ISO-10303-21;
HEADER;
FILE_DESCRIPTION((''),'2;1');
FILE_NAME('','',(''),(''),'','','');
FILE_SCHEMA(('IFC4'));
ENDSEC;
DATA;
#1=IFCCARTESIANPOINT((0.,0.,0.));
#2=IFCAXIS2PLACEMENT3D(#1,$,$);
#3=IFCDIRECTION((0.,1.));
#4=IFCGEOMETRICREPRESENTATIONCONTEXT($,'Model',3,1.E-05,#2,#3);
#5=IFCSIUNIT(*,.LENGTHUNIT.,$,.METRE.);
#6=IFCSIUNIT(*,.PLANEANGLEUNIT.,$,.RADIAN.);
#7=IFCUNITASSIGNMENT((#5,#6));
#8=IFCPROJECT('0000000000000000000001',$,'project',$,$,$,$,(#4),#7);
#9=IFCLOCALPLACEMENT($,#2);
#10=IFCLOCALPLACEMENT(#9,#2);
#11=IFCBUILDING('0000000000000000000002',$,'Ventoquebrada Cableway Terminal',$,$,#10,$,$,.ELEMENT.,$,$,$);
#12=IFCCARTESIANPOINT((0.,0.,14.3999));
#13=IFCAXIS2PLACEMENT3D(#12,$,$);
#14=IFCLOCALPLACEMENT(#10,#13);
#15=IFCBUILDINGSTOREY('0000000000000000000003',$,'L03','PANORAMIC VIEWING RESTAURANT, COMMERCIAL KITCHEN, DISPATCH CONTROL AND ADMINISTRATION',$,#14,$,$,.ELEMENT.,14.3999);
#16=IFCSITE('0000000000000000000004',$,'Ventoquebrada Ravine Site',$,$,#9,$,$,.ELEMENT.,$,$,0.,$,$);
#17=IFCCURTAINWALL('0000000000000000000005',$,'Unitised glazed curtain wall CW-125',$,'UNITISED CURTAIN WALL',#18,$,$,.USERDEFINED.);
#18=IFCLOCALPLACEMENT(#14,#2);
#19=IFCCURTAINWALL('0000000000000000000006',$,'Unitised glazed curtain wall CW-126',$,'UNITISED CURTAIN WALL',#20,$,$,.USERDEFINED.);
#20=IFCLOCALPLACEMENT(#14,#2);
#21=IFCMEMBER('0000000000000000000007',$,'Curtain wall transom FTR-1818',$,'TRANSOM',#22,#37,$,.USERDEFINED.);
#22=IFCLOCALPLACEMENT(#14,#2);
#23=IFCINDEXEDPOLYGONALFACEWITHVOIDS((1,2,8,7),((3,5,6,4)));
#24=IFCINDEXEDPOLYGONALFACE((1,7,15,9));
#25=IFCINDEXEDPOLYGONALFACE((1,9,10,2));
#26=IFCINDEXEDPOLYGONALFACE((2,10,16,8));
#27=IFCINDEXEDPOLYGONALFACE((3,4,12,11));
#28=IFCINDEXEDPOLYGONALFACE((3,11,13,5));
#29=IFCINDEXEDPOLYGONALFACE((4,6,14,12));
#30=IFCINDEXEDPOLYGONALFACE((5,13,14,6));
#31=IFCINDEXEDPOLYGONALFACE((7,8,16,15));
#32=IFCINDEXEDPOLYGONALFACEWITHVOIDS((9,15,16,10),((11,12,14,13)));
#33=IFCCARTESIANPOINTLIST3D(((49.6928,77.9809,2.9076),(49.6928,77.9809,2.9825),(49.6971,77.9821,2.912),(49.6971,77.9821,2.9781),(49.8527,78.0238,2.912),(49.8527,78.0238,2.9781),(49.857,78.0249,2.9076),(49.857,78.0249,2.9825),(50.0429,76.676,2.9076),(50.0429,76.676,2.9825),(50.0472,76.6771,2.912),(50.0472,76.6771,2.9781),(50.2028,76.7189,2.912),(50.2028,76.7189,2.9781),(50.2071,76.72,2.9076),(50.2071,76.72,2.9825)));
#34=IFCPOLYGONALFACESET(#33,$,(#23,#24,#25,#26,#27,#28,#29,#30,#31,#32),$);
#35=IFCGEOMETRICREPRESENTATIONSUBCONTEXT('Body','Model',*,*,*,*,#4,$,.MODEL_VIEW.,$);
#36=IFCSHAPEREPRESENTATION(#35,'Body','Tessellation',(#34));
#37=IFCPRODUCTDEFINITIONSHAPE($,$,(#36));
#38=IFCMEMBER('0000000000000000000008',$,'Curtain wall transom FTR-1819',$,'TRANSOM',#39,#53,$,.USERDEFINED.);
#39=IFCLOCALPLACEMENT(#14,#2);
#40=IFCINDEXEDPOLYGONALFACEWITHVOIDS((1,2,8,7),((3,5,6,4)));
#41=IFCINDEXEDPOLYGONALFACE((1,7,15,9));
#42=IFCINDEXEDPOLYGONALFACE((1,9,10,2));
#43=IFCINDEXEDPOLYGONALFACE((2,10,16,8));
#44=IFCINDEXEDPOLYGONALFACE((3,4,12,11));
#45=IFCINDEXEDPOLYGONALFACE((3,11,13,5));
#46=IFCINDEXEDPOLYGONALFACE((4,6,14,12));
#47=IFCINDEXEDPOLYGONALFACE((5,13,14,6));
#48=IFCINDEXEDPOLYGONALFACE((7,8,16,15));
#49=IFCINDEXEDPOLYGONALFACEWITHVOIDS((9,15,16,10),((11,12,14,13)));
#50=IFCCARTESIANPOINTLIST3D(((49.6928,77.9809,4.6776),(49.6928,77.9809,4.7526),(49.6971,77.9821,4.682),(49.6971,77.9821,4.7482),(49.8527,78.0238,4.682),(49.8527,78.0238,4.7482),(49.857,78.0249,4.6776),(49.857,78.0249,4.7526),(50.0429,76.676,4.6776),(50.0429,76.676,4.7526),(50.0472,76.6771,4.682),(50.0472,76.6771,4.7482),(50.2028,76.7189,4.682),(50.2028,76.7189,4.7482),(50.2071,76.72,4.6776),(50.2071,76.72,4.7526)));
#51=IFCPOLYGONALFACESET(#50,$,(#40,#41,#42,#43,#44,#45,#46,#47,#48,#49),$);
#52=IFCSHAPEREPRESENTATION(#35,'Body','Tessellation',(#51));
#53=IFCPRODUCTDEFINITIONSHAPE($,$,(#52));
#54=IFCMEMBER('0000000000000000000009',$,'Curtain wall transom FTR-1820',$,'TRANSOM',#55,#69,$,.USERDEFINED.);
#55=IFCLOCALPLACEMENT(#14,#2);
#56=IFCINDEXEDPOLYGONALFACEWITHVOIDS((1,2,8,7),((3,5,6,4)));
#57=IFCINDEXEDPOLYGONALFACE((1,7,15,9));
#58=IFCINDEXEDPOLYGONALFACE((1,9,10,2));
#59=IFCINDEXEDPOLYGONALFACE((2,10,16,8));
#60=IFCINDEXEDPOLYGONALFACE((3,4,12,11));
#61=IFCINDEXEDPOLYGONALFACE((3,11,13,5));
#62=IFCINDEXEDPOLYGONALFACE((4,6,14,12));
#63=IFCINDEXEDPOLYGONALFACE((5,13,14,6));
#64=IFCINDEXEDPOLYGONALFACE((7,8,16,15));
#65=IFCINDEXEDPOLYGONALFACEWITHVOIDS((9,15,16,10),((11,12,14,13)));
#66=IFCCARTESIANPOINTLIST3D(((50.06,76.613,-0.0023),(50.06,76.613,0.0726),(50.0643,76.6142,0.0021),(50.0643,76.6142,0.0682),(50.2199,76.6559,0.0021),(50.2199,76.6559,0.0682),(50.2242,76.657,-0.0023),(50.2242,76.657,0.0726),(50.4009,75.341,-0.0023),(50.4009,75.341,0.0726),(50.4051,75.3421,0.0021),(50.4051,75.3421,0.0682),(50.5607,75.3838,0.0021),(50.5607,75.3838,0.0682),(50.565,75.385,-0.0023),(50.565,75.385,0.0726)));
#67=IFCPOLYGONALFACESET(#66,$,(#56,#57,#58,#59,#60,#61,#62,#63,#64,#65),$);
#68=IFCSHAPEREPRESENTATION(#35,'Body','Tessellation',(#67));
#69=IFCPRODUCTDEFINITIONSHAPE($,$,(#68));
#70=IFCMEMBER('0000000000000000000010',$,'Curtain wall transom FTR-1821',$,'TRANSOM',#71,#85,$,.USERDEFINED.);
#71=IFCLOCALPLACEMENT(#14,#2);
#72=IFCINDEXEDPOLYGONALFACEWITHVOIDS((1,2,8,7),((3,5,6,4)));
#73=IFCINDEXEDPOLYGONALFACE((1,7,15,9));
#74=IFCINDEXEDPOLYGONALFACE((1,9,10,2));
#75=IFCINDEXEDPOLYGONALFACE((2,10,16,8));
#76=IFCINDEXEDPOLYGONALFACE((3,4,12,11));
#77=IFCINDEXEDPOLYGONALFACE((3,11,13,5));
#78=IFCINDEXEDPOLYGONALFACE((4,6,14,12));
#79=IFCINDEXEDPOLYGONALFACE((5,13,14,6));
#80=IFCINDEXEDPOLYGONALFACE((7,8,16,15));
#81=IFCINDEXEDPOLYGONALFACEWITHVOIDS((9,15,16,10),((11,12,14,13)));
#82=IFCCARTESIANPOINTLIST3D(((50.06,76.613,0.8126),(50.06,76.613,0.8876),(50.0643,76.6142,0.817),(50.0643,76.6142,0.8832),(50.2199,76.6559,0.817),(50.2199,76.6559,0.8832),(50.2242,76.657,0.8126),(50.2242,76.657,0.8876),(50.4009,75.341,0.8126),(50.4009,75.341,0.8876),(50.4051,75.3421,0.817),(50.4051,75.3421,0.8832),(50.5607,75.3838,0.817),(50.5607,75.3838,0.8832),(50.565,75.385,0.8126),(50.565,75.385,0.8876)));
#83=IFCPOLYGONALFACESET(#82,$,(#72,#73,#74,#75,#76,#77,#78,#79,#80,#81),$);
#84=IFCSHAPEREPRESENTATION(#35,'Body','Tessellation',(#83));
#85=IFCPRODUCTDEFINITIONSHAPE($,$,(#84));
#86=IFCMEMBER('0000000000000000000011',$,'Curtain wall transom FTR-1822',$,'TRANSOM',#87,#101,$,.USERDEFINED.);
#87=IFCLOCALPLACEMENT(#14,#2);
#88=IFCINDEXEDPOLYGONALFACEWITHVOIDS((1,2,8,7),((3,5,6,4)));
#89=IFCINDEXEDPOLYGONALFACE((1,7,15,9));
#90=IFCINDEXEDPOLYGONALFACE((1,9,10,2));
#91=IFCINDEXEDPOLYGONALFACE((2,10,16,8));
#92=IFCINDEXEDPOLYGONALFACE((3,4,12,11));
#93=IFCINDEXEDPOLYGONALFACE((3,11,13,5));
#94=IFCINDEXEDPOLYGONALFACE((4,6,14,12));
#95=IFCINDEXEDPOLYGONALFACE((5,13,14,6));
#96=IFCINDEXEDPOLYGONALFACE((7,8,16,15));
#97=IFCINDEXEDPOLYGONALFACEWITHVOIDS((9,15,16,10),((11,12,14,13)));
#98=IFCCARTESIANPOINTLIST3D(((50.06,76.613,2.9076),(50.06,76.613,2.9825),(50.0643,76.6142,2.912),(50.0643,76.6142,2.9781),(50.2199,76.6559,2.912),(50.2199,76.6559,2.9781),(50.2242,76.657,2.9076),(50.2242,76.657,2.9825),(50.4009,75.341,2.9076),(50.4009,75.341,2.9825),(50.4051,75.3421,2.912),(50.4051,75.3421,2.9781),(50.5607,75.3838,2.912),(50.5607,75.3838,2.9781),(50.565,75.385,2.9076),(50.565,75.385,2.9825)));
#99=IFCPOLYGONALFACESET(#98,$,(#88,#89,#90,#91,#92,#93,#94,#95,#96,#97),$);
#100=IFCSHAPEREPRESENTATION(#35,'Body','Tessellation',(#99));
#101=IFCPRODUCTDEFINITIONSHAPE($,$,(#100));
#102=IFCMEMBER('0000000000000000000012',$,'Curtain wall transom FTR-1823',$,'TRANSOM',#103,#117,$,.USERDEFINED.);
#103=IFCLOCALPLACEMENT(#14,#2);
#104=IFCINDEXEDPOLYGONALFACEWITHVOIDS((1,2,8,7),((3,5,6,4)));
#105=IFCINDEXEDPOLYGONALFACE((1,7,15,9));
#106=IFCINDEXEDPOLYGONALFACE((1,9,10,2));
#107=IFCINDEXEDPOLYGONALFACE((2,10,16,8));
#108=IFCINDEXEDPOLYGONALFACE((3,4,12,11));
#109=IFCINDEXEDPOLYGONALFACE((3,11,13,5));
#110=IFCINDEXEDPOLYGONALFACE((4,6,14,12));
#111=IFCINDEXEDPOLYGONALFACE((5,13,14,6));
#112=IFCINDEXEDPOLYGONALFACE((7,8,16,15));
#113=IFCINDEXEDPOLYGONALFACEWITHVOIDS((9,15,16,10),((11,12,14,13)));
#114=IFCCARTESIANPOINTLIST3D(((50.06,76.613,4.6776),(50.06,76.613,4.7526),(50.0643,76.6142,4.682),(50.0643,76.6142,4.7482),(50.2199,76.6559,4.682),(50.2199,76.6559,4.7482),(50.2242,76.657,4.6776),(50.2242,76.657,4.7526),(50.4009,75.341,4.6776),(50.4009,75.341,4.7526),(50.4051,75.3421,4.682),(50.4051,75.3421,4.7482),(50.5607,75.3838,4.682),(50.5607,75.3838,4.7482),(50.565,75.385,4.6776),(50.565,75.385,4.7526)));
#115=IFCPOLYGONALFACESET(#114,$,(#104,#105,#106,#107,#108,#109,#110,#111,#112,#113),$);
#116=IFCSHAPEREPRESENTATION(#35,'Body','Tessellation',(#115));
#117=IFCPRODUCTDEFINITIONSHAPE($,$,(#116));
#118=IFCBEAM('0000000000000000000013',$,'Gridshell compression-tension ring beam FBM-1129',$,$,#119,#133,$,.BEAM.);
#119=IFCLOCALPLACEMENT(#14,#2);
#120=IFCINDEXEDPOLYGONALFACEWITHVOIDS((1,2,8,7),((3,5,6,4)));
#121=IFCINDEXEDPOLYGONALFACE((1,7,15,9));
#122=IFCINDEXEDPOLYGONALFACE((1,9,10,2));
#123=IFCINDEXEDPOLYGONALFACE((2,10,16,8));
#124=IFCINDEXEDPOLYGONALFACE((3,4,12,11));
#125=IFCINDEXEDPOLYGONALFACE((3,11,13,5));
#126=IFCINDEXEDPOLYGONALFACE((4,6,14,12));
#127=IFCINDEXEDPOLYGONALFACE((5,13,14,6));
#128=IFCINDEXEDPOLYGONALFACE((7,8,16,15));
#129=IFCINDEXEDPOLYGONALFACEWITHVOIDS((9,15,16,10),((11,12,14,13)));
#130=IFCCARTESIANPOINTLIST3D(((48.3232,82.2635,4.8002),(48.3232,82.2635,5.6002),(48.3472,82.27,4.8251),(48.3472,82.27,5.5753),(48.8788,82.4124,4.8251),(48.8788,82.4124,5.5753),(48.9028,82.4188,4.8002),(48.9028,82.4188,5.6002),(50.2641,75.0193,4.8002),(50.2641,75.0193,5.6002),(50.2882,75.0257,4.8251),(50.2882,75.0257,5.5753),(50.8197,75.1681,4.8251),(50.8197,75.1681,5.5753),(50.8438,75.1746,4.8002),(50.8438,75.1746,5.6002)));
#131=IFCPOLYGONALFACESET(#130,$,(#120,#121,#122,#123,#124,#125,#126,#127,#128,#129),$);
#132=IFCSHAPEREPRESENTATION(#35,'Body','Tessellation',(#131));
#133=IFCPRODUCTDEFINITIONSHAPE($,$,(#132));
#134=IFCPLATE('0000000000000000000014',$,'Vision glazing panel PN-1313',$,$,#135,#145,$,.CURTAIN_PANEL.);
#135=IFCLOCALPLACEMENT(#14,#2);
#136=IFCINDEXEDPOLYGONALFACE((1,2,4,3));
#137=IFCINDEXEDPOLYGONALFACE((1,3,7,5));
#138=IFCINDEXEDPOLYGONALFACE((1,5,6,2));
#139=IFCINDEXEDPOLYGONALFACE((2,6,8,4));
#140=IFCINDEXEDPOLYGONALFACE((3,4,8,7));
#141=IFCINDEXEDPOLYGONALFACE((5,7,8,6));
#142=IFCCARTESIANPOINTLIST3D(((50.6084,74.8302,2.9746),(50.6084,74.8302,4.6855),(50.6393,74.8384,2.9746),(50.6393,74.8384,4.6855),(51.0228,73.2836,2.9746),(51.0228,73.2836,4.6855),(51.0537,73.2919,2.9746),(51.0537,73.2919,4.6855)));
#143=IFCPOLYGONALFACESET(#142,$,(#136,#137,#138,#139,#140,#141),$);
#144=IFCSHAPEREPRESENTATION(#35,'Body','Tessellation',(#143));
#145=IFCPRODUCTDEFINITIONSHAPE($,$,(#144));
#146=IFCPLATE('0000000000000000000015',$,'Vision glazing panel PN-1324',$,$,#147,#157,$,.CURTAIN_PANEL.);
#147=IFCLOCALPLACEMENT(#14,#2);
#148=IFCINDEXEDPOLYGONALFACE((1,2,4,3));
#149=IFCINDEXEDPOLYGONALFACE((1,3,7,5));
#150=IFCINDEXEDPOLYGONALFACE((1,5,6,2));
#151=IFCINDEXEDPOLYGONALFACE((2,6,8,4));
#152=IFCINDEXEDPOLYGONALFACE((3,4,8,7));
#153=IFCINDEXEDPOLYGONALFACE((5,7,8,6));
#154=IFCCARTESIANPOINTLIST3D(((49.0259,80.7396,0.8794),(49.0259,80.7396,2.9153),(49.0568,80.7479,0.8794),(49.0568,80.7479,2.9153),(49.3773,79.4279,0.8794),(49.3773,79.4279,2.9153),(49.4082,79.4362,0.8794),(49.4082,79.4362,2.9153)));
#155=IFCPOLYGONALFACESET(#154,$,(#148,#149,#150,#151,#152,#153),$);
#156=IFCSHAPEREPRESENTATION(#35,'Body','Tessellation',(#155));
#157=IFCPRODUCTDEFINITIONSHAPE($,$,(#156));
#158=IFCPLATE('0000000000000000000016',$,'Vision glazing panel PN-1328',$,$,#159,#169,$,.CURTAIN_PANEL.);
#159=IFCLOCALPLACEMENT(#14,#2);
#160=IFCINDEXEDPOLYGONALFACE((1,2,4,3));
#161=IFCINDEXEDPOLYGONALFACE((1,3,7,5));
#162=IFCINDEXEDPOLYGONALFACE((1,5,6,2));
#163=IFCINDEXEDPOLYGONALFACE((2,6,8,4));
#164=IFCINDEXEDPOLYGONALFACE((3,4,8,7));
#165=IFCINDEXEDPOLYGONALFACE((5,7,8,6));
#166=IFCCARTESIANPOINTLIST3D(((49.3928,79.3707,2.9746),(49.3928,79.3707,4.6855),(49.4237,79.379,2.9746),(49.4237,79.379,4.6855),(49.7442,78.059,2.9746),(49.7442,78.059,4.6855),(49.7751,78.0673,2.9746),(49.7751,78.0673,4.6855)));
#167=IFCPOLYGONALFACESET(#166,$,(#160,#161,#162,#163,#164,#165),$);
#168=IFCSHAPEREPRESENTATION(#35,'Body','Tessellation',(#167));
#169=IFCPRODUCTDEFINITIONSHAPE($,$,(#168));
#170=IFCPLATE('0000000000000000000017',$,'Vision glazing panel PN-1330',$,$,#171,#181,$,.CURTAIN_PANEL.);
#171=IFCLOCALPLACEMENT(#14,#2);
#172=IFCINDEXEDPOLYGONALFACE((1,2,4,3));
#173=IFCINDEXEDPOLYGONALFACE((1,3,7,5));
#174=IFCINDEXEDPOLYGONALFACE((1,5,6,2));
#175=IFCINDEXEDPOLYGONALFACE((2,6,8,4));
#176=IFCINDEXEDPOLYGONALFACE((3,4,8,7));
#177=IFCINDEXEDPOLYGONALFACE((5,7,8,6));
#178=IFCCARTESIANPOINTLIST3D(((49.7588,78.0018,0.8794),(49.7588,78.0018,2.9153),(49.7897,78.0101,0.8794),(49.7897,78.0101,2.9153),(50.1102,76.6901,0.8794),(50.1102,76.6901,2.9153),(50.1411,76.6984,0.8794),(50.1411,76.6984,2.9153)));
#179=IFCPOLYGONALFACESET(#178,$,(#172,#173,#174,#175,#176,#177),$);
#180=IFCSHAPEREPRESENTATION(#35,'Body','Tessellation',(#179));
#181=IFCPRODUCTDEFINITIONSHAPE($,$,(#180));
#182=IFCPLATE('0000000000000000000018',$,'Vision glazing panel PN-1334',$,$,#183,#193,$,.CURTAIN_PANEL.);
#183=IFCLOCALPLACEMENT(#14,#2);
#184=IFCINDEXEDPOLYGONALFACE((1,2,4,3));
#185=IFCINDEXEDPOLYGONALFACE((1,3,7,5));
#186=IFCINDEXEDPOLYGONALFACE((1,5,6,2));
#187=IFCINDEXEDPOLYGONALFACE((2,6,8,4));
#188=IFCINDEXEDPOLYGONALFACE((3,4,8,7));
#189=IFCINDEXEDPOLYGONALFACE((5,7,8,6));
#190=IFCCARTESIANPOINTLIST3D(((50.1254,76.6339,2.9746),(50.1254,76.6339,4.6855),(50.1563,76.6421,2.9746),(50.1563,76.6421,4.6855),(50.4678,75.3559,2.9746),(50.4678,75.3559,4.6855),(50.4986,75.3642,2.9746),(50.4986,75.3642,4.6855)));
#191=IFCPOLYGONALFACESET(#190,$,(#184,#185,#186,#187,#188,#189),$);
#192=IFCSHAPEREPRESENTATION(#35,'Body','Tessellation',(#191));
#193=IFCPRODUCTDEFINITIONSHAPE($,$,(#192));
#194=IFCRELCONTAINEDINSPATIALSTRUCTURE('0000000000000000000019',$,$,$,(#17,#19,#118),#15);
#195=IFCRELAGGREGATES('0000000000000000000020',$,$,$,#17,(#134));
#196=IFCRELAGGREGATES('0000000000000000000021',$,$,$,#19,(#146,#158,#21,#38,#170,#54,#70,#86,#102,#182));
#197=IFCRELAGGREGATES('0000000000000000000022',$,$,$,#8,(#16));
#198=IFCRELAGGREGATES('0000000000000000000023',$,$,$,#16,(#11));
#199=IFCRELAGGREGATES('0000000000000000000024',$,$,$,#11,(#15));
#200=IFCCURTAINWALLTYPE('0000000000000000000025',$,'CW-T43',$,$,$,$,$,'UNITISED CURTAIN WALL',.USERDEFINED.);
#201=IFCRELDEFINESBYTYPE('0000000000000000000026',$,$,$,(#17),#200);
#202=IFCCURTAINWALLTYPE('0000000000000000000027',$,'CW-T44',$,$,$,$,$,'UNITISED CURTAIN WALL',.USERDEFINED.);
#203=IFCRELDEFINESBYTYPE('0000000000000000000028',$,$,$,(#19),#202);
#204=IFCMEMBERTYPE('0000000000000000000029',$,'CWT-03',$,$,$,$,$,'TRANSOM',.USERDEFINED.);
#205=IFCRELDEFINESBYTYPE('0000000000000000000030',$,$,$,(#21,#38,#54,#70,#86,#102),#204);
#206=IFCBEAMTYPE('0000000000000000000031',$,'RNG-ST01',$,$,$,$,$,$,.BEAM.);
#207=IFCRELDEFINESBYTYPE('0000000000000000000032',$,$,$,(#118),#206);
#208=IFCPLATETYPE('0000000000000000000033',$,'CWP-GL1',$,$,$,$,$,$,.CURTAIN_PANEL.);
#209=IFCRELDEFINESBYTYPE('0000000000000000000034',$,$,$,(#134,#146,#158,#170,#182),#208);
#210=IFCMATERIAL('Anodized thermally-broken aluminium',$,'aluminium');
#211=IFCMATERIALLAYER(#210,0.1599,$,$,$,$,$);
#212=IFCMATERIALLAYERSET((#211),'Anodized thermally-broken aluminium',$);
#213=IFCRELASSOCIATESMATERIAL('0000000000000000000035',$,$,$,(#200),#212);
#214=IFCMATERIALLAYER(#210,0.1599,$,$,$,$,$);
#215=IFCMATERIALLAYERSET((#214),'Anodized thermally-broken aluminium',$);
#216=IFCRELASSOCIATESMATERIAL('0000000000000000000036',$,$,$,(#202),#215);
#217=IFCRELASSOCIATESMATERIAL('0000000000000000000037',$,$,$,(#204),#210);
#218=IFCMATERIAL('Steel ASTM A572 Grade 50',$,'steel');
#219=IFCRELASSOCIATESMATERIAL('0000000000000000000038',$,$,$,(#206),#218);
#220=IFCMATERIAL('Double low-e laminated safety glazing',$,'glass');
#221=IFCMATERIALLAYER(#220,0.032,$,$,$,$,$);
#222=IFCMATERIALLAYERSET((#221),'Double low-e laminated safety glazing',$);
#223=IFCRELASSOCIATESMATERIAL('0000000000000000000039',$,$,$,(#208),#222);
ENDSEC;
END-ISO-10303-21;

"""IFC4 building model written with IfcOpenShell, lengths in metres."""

from ifc_helpers import new_model, si_unit, direction, frame, origin, origin_2d, place, context, subcontext, project, spatial, rectangle, hollow_rectangle, extrude, material, layer, layer_set, material_profile, profile_set, type_object, element, aggregate, save


model = new_model("IFC4")

# Units and contexts
model_context = context("Model", 3, precision=1e-05, world=origin(), true_north=direction((0.0, 1.0)))
body_context = subcontext(model_context, "Body", "Model", "MODEL_VIEW")
ifc_project = project(units=[si_unit("LENGTHUNIT", "METRE"), si_unit("PLANEANGLEUNIT", "RADIAN")], contexts=[model_context])

# Site, building, storey
site_placement = place(None, origin())
site = spatial("IfcSite", under=ifc_project, at=site_placement, Name="Ventoquebrada Ravine Site", CompositionType="ELEMENT", RefElevation=0.0)
building_placement = place(site_placement, origin())
building = spatial("IfcBuilding", under=site, at=building_placement, Name="Ventoquebrada Cableway Terminal", CompositionType="ELEMENT")
storey_placement = place(building_placement, frame((0.0, 0.0, 14.3999)))
storey = spatial("IfcBuildingStorey", under=building, at=storey_placement, Name="L03", Description="PANORAMIC VIEWING RESTAURANT, COMMERCIAL KITCHEN, DISPATCH CONTROL AND ADMINISTRATION", CompositionType="ELEMENT", Elevation=14.3999)

# Curtain wall
ifc_material_1 = material(Name="Anodized thermally-broken aluminium", Category="aluminium")
ifc_layer_1 = layer(ifc_material_1, 0.1599)
ifc_layer_set_1 = layer_set([ifc_layer_1], Name="Anodized thermally-broken aluminium")
curtain_wall_type_1 = type_object("IfcCurtainWallType", Name="CW-T43", ElementType="UNITISED CURTAIN WALL", PredefinedType="USERDEFINED", material=ifc_layer_set_1)
curtain_wall_1_placement = place(storey_placement, origin())
curtain_wall_1 = element("IfcCurtainWall", 1, at=curtain_wall_1_placement, inside=storey, type_object=curtain_wall_type_1, Name="Unitised glazed curtain wall CW-125", ObjectType="UNITISED CURTAIN WALL", PredefinedType="USERDEFINED")

# Curtain wall
ifc_layer_2 = layer(ifc_material_1, 0.1599)
ifc_layer_set_2 = layer_set([ifc_layer_2], Name="Anodized thermally-broken aluminium")
curtain_wall_type_2 = type_object("IfcCurtainWallType", Name="CW-T44", ElementType="UNITISED CURTAIN WALL", PredefinedType="USERDEFINED", material=ifc_layer_set_2)
curtain_wall_2_placement = place(storey_placement, origin())
curtain_wall_2 = element("IfcCurtainWall", 2, at=curtain_wall_2_placement, inside=storey, type_object=curtain_wall_type_2, Name="Unitised glazed curtain wall CW-126", ObjectType="UNITISED CURTAIN WALL", PredefinedType="USERDEFINED")

# Members
ifc_material_profile_1 = material_profile(ifc_material_1, hollow_rectangle(XDim=0.075, YDim=0.1699, WallThickness=0.0044, at=origin_2d()), Name="CW-TRN-75X170")
ifc_profile_set_1 = profile_set([ifc_material_profile_1], Name="Anodized thermally-broken aluminium")
member_type_1 = type_object("IfcMemberType", Name="CWT-03", ElementType="TRANSOM", PredefinedType="USERDEFINED", material=ifc_profile_set_1)
member_1_placement = place(storey_placement, frame((49.7749, 78.0029, 2.9451), z_axis=(0.259124, -0.965844, 0.0), x_axis=(0.0, 0.0, 1.0)))
member_1 = element("IfcMember", 3, at=member_1_placement, type_object=member_type_1, Name="Curtain wall transom FTR-1818", ObjectType="TRANSOM", PredefinedType="USERDEFINED", context=body_context, shape_type="SweptSolid", body=[
    extrude(hollow_rectangle(XDim=0.075, YDim=0.1699, WallThickness=0.0044, at=origin_2d()), origin(), (0.0, 0.0, 1.0), 1.3511),
])
member_2_placement = place(storey_placement, frame((49.7749, 78.0029, 4.7151), z_axis=(0.259124, -0.965844, 0.0), x_axis=(0.0, 0.0, 1.0)))
member_2 = element("IfcMember", 4, at=member_2_placement, type_object=member_type_1, Name="Curtain wall transom FTR-1819", ObjectType="TRANSOM", PredefinedType="USERDEFINED", context=body_context, shape_type="SweptSolid", body=[
    extrude(hollow_rectangle(XDim=0.075, YDim=0.1699, WallThickness=0.0044, at=origin_2d()), origin(), (0.0, 0.0, 1.0), 1.3511),
])
member_3_placement = place(storey_placement, frame((50.1421, 76.635, 0.0352), z_axis=(0.258816, -0.965927, 0.0), x_axis=(0.0, 0.0, 1.0)))
member_3 = element("IfcMember", 5, at=member_3_placement, type_object=member_type_1, Name="Curtain wall transom FTR-1820", ObjectType="TRANSOM", PredefinedType="USERDEFINED", context=body_context, shape_type="SweptSolid", body=[
    extrude(hollow_rectangle(XDim=0.075, YDim=0.1699, WallThickness=0.0044, at=origin_2d()), origin(), (0.0, 0.0, 1.0), 1.3169),
])
member_4_placement = place(storey_placement, frame((50.1421, 76.635, 0.8501), z_axis=(0.258816, -0.965927, 0.0), x_axis=(0.0, 0.0, 1.0)))
member_4 = element("IfcMember", 6, at=member_4_placement, type_object=member_type_1, Name="Curtain wall transom FTR-1821", ObjectType="TRANSOM", PredefinedType="USERDEFINED", context=body_context, shape_type="SweptSolid", body=[
    extrude(hollow_rectangle(XDim=0.075, YDim=0.1699, WallThickness=0.0044, at=origin_2d()), origin(), (0.0, 0.0, 1.0), 1.3169),
])
member_5_placement = place(storey_placement, frame((50.1421, 76.635, 2.9451), z_axis=(0.258816, -0.965927, 0.0), x_axis=(0.0, 0.0, 1.0)))
member_5 = element("IfcMember", 7, at=member_5_placement, type_object=member_type_1, Name="Curtain wall transom FTR-1822", ObjectType="TRANSOM", PredefinedType="USERDEFINED", context=body_context, shape_type="SweptSolid", body=[
    extrude(hollow_rectangle(XDim=0.075, YDim=0.1699, WallThickness=0.0044, at=origin_2d()), origin(), (0.0, 0.0, 1.0), 1.3169),
])
member_6_placement = place(storey_placement, frame((50.1421, 76.635, 4.7151), z_axis=(0.258816, -0.965927, 0.0), x_axis=(0.0, 0.0, 1.0)))
member_6 = element("IfcMember", 8, at=member_6_placement, type_object=member_type_1, Name="Curtain wall transom FTR-1823", ObjectType="TRANSOM", PredefinedType="USERDEFINED", context=body_context, shape_type="SweptSolid", body=[
    extrude(hollow_rectangle(XDim=0.075, YDim=0.1699, WallThickness=0.0044, at=origin_2d()), origin(), (0.0, 0.0, 1.0), 1.3169),
])

# Beam
ifc_material_2 = material(Name="Steel ASTM A572 Grade 50", Category="steel")
ifc_material_profile_2 = material_profile(ifc_material_2, hollow_rectangle(XDim=0.6001, YDim=0.8, WallThickness=0.0249, at=origin_2d()), Name="BOX600X800X25")
ifc_profile_set_2 = profile_set([ifc_material_profile_2], Name="Steel ASTM A572 Grade 50")
beam_type = type_object("IfcBeamType", Name="RNG-ST01", PredefinedType="BEAM", material=ifc_profile_set_2)
beam_placement = place(storey_placement, frame((50.554, 75.0969, 5.2002), z_axis=(-0.258801, 0.965931, 0.0), x_axis=(-0.965931, -0.258801, 0.0)))
element("IfcBeam", 9, at=beam_placement, inside=storey, type_object=beam_type, Name="Gridshell compression-tension ring beam FBM-1129", PredefinedType="BEAM", context=body_context, shape_type="SweptSolid", body=[
    extrude(hollow_rectangle(XDim=0.6001, YDim=0.8, WallThickness=0.0249, at=origin_2d()), origin(), (0.0, 0.0, 1.0), 7.4998),
])

# Plates
ifc_material_3 = material(Name="Double low-e laminated safety glazing", Category="glass")
ifc_layer_3 = layer(ifc_material_3, 0.032)
ifc_layer_set_3 = layer_set([ifc_layer_3], Name="Double low-e laminated safety glazing")
plate_type_1 = type_object("IfcPlateType", Name="CWP-GL1", PredefinedType="CURTAIN_PANEL", material=ifc_layer_set_3)
plate_1_placement = place(storey_placement, frame((50.8311, 74.061, 2.9746), z_axis=(0.0, 0.0, 1.0), x_axis=(0.258836, -0.965921, 0.0)))
plate_1 = element("IfcPlate", 10, at=plate_1_placement, type_object=plate_type_1, Name="Vision glazing panel PN-1313", PredefinedType="CURTAIN_PANEL", context=body_context, shape_type="SweptSolid", body=[
    extrude(rectangle(XDim=1.6011, YDim=0.032, at=origin_2d()), origin(), (0.0, 0.0, 1.0), 1.7109),
])
plate_2_placement = place(storey_placement, frame((49.217, 80.0879, 0.8794), z_axis=(0.0, 0.0, 1.0), x_axis=(0.258785, -0.965935, 0.0)))
plate_2 = element("IfcPlate", 11, at=plate_2_placement, type_object=plate_type_1, Name="Vision glazing panel PN-1324", PredefinedType="CURTAIN_PANEL", context=body_context, shape_type="SweptSolid", body=[
    extrude(rectangle(XDim=1.3579, YDim=0.032, at=origin_2d()), origin(), (0.0, 0.0, 1.0), 2.0359),
])
plate_3_placement = place(storey_placement, frame((49.584, 78.719, 2.9746), z_axis=(0.0, 0.0, 1.0), x_axis=(0.258785, -0.965935, 0.0)))
plate_3 = element("IfcPlate", 12, at=plate_3_placement, type_object=plate_type_1, Name="Vision glazing panel PN-1328", PredefinedType="CURTAIN_PANEL", context=body_context, shape_type="SweptSolid", body=[
    extrude(rectangle(XDim=1.3579, YDim=0.032, at=origin_2d()), origin(), (0.0, 0.0, 1.0), 1.7109),
])
plate_4_placement = place(storey_placement, frame((49.95, 77.3501, 0.8794), z_axis=(0.0, 0.0, 1.0), x_axis=(0.258785, -0.965935, 0.0)))
plate_4 = element("IfcPlate", 13, at=plate_4_placement, type_object=plate_type_1, Name="Vision glazing panel PN-1330", PredefinedType="CURTAIN_PANEL", context=body_context, shape_type="SweptSolid", body=[
    extrude(rectangle(XDim=1.3579, YDim=0.032, at=origin_2d()), origin(), (0.0, 0.0, 1.0), 2.0359),
])
plate_5_placement = place(storey_placement, frame((50.312, 75.999, 2.9746), z_axis=(0.0, 0.0, 1.0), x_axis=(0.258785, -0.965935, 0.0)))
plate_5 = element("IfcPlate", 14, at=plate_5_placement, type_object=plate_type_1, Name="Vision glazing panel PN-1334", PredefinedType="CURTAIN_PANEL", context=body_context, shape_type="SweptSolid", body=[
    extrude(rectangle(XDim=1.323, YDim=0.032, at=origin_2d()), origin(), (0.0, 0.0, 1.0), 1.7109),
])
aggregate(curtain_wall_1, [plate_1])
aggregate(curtain_wall_2, [plate_2, plate_3, member_1, member_2, plate_4, member_3, member_4, member_5, member_6, plate_5])

save(model, "model.ifc")
